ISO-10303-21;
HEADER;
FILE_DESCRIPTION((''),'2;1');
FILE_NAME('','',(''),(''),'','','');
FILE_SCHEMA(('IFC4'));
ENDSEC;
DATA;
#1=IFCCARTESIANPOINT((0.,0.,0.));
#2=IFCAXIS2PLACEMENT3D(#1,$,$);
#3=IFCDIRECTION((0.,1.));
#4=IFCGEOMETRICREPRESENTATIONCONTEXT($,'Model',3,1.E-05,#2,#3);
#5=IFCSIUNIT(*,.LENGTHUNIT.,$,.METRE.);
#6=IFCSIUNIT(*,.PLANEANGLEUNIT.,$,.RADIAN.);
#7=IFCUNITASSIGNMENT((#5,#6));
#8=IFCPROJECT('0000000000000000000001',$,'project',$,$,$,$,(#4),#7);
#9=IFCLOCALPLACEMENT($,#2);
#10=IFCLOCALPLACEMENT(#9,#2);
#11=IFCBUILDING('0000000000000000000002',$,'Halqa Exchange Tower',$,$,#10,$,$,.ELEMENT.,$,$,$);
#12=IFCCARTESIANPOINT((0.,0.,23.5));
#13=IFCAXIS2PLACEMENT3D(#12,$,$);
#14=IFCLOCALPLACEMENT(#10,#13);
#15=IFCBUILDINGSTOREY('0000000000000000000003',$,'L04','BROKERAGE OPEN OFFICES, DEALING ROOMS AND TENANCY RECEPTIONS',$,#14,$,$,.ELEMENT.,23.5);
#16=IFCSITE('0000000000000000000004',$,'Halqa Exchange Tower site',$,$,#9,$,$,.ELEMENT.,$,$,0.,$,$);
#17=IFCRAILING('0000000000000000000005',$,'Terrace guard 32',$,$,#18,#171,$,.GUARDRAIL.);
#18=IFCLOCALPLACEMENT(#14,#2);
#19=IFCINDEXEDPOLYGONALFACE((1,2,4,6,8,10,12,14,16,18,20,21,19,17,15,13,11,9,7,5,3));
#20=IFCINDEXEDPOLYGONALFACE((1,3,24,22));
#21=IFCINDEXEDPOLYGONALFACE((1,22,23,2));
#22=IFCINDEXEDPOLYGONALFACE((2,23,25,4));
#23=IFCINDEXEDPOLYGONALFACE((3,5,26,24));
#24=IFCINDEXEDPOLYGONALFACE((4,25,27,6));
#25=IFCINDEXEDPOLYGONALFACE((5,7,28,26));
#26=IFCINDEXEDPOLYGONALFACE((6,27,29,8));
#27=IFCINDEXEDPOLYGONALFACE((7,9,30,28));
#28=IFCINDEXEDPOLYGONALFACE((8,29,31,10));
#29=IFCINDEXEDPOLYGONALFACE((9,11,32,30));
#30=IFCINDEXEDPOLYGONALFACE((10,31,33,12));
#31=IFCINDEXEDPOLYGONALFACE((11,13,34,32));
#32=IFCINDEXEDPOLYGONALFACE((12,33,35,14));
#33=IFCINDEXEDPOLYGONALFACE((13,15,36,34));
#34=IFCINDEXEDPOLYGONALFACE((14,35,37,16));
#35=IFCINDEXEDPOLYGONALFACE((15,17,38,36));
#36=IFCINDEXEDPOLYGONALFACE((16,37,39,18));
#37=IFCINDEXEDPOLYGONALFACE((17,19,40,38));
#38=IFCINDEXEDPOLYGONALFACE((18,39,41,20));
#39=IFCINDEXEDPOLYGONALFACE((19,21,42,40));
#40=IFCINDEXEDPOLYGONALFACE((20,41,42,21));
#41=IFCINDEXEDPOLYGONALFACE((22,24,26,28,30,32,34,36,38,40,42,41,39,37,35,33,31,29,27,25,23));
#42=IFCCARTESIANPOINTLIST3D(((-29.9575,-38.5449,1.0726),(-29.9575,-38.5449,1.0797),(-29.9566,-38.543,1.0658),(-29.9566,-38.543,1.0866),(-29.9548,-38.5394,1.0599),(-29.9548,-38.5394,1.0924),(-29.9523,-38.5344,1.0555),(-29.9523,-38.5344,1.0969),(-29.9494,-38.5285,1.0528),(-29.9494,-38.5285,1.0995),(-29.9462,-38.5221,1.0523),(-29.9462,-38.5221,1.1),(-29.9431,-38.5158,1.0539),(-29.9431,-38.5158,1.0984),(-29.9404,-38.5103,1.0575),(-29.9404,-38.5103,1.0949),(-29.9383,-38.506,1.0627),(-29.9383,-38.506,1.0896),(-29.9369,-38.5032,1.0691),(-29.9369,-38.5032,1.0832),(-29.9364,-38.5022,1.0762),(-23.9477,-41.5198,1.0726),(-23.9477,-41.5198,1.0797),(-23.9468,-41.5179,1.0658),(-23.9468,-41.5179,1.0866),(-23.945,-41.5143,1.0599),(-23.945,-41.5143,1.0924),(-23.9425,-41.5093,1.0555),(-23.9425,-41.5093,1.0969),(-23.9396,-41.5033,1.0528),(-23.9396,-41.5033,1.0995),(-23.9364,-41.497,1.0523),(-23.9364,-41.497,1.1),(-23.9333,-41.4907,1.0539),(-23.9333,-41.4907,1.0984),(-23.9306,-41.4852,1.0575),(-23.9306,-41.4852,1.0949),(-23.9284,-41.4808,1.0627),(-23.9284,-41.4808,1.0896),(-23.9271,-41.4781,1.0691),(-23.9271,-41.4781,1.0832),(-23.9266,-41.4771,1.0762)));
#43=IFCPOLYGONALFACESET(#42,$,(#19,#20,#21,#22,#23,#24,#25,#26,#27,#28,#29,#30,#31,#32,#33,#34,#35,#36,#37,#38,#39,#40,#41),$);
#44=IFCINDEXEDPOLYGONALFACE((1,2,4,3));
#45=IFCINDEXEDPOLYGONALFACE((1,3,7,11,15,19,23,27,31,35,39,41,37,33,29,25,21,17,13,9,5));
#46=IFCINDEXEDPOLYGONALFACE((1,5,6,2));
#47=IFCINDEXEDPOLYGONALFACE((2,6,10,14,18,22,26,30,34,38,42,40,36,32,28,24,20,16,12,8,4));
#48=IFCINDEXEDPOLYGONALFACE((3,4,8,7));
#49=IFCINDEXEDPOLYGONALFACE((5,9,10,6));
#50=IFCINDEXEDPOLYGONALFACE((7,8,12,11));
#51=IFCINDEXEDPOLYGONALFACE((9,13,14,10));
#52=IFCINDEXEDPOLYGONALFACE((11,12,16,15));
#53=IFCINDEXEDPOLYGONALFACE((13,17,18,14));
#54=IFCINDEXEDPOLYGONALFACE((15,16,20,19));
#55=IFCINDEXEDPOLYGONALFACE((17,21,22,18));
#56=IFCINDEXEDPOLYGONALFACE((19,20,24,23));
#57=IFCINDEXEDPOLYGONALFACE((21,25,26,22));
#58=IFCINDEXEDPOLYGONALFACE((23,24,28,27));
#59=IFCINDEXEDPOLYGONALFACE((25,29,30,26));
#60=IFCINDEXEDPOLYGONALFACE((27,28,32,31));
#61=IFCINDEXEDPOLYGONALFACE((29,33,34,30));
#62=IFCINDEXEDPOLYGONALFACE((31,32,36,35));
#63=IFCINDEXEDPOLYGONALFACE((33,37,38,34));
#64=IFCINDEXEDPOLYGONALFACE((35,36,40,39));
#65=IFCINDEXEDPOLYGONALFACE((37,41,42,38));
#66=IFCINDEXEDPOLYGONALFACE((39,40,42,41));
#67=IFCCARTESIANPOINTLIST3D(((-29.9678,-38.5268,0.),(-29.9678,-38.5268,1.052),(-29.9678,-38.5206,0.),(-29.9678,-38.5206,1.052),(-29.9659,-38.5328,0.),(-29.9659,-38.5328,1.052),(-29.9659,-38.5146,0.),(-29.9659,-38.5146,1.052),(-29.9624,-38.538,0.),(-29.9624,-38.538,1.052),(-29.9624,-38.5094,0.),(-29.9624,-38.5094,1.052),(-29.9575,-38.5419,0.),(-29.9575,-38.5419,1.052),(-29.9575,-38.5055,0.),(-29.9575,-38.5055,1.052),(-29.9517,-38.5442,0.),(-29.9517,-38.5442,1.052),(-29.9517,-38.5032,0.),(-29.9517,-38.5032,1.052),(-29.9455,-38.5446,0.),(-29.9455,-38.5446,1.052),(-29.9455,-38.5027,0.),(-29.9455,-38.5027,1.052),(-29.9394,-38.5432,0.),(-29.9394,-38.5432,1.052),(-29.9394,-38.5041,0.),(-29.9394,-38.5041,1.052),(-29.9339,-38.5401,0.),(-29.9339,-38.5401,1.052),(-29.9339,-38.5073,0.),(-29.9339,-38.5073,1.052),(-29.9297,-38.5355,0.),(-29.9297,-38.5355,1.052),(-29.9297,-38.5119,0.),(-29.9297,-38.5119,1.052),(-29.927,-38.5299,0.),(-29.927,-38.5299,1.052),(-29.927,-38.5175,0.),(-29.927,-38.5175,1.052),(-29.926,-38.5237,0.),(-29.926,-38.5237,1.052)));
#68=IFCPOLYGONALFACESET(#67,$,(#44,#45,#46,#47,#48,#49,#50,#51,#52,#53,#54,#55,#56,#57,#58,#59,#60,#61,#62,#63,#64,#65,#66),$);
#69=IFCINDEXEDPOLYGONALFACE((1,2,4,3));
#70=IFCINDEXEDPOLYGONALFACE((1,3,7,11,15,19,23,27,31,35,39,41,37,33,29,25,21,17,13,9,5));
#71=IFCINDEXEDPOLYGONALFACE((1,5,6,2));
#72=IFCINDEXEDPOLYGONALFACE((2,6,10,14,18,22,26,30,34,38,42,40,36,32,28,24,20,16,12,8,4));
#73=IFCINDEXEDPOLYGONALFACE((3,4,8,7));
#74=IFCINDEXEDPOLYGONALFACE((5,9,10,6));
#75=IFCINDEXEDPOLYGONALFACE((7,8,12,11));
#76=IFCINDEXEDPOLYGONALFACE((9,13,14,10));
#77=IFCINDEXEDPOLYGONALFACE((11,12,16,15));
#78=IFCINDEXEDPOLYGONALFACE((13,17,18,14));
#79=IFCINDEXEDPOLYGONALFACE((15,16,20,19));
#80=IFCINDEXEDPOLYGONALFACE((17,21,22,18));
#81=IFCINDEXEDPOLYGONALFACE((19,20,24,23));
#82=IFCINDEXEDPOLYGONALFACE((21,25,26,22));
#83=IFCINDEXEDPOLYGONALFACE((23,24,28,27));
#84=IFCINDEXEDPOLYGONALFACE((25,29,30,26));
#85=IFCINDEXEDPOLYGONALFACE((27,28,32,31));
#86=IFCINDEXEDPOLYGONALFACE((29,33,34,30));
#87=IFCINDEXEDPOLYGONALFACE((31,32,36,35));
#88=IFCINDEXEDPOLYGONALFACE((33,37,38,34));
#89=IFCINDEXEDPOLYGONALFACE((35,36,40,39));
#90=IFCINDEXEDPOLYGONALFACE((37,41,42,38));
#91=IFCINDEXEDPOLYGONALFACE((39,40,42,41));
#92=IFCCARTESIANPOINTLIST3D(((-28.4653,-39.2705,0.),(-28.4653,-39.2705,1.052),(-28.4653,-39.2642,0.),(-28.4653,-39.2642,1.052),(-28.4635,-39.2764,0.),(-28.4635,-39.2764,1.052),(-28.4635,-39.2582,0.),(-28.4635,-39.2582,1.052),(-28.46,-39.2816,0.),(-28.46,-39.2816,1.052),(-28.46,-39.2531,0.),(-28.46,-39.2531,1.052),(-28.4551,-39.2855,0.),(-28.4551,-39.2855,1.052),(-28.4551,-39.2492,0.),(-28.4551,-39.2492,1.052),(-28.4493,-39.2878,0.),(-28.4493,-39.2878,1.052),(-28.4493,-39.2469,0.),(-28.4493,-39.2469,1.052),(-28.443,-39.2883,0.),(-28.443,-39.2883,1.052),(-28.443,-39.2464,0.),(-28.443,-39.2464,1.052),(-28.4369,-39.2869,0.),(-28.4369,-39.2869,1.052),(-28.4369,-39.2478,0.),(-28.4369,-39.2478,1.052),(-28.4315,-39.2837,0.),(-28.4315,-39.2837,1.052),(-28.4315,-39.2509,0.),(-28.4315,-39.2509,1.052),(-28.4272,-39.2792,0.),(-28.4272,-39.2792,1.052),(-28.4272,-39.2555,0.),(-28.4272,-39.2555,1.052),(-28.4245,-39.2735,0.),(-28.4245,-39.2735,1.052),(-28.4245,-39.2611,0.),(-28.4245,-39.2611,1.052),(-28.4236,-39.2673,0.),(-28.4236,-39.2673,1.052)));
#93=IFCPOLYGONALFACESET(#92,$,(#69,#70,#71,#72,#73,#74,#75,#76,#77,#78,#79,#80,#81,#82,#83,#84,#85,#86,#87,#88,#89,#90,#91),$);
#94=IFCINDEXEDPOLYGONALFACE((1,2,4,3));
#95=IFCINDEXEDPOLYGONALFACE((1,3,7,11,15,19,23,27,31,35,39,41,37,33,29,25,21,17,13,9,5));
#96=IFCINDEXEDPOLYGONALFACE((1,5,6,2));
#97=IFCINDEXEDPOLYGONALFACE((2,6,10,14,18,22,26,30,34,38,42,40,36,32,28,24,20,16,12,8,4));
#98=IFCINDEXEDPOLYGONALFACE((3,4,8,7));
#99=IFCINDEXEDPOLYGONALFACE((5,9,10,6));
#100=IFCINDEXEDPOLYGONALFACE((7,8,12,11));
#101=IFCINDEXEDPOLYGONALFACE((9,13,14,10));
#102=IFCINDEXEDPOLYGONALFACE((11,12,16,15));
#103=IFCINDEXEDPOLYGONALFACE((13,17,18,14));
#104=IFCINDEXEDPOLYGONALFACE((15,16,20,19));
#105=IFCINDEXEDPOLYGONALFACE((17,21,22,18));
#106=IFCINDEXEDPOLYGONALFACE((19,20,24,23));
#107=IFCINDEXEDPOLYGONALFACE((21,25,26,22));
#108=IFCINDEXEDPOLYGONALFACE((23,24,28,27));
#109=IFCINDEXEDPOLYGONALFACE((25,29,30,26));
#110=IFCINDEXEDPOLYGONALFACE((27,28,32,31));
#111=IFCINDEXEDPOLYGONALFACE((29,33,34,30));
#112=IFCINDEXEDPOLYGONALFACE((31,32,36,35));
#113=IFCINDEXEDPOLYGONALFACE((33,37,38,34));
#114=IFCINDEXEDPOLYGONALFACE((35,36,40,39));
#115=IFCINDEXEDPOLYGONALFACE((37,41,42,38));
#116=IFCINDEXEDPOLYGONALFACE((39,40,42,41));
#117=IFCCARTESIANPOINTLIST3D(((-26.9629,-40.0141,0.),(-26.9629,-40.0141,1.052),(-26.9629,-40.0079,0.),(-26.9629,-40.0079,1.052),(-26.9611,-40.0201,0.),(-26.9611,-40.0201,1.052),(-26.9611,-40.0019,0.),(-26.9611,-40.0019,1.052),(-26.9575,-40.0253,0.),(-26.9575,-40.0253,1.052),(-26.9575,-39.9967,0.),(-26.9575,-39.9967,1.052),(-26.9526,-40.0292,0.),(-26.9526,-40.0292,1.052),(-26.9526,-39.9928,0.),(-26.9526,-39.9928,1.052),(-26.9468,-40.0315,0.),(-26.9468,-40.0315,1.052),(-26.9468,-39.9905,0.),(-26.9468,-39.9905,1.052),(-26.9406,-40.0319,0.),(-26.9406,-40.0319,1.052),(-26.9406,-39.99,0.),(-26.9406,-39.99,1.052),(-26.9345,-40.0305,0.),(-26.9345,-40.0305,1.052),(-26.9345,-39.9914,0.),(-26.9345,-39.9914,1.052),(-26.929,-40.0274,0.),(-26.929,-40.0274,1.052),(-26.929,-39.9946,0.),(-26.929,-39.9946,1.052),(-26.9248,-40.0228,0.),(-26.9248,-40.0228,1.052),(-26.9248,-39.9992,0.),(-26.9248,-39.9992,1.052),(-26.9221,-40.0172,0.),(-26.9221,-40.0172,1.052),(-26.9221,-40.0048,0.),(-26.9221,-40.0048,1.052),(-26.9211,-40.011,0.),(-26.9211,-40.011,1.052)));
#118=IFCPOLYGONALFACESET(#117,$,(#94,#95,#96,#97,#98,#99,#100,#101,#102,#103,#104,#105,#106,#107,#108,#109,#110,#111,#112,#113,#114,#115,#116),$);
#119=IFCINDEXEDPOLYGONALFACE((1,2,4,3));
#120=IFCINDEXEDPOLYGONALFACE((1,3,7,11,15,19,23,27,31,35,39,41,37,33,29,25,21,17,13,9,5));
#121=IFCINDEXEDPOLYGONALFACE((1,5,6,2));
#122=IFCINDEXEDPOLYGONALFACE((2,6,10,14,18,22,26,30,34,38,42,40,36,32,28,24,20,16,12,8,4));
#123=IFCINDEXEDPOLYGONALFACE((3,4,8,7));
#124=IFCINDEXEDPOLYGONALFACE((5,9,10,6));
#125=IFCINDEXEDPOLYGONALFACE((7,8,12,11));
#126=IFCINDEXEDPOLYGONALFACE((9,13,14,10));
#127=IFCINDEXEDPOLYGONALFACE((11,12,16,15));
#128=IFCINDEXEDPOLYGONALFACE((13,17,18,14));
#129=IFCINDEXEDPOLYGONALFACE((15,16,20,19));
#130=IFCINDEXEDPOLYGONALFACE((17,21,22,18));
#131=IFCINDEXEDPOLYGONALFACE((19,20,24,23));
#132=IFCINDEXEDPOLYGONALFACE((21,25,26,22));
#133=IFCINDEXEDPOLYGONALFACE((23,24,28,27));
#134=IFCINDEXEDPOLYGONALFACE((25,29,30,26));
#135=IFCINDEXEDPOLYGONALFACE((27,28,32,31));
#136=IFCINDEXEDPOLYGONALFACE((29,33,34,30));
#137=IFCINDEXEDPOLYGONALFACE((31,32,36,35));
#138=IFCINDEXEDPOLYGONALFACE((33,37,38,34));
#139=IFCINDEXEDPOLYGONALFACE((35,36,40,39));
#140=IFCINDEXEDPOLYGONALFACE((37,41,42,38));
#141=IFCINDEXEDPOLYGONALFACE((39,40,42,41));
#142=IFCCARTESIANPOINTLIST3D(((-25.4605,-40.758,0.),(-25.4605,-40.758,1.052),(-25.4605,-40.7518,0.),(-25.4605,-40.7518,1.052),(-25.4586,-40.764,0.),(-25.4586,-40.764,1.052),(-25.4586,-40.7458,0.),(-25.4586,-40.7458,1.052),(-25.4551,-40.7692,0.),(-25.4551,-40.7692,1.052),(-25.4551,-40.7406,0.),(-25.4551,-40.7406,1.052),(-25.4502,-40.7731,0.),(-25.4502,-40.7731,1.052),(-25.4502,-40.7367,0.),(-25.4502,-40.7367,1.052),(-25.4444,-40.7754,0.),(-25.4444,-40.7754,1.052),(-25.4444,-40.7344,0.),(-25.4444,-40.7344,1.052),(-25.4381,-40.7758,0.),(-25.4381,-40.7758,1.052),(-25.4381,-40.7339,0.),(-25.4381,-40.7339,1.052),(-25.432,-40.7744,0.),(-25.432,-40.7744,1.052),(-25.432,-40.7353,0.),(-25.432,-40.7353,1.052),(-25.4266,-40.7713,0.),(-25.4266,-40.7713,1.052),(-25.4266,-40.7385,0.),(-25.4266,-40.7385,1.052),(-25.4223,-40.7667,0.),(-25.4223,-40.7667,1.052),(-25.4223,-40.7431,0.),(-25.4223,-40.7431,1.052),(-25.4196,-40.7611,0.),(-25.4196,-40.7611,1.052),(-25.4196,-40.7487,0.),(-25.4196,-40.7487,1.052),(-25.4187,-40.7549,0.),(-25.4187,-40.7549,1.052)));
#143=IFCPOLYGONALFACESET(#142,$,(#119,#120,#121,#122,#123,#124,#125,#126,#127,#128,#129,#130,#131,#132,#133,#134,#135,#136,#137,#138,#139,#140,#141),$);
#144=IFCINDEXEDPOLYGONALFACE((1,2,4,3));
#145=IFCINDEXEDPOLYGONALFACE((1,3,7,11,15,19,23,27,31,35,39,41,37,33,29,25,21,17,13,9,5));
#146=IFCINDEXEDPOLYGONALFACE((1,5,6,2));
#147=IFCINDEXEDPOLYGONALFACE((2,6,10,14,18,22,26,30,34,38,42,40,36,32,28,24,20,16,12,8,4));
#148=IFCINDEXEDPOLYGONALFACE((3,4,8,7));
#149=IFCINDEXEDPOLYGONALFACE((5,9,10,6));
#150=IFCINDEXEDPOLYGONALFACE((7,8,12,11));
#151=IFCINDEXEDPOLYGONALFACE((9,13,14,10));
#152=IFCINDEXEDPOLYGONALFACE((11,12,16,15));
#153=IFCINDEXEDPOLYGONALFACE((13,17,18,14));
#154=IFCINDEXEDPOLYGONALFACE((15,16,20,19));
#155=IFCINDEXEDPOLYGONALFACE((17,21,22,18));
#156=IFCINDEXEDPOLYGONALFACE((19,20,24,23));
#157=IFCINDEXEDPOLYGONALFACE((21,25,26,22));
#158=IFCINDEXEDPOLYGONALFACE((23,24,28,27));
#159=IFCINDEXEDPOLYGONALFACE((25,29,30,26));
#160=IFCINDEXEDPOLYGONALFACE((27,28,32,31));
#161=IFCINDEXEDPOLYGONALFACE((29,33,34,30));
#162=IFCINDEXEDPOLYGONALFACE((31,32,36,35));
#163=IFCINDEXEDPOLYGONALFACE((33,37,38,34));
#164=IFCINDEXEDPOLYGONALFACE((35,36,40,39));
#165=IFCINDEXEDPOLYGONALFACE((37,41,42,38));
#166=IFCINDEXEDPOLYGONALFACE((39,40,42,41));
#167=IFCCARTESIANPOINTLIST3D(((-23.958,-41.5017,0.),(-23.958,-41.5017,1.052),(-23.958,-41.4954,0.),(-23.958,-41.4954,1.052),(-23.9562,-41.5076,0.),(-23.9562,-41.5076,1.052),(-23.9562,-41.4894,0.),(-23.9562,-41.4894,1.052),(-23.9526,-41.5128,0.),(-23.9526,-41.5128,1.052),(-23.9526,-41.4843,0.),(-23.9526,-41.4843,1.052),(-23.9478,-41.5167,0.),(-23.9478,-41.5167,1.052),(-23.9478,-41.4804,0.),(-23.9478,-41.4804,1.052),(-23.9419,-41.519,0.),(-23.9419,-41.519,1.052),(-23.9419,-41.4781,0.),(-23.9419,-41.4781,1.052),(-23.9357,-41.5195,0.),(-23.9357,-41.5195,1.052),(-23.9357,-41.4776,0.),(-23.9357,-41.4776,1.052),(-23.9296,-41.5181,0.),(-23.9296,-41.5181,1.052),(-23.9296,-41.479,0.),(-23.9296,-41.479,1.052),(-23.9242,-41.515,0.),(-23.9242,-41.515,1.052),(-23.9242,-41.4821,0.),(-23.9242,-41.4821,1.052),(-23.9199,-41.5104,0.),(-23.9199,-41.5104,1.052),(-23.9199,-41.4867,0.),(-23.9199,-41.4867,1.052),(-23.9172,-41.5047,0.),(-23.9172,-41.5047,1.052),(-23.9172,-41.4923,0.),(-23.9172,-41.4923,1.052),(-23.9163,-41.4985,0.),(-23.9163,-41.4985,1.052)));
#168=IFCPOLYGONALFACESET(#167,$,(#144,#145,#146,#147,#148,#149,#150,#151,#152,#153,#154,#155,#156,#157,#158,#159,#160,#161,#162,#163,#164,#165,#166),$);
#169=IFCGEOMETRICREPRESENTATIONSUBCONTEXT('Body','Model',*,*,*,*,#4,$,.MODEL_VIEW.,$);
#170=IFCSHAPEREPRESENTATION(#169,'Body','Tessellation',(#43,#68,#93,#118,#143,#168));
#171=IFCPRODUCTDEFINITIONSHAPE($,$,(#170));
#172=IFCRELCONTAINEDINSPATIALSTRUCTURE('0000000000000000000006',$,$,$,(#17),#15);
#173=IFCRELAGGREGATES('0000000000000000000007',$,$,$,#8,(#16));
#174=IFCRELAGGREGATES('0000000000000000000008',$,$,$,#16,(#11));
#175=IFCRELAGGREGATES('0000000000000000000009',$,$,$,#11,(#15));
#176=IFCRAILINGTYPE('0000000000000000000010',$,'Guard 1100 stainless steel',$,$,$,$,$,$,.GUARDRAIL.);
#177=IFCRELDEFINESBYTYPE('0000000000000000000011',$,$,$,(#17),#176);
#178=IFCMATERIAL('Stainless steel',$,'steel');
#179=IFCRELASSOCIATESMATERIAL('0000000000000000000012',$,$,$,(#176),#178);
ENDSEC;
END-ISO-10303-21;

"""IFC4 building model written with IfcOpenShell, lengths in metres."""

from ifc_helpers import new_model, si_unit, direction, frame, origin, origin_2d, place, context, subcontext, project, spatial, circle, extrude, material, type_object, element, save


model = new_model("IFC4")

# Units and contexts
model_context = context("Model", 3, precision=1e-05, world=origin(), true_north=direction((0.0, 1.0)))
body_context = subcontext(model_context, "Body", "Model", "MODEL_VIEW")
ifc_project = project(units=[si_unit("LENGTHUNIT", "METRE"), si_unit("PLANEANGLEUNIT", "RADIAN")], contexts=[model_context])

# Site, building, storey
site_placement = place(None, origin())
site = spatial("IfcSite", under=ifc_project, at=site_placement, Name="Halqa Exchange Tower site", CompositionType="ELEMENT", RefElevation=0.0)
building_placement = place(site_placement, origin())
building = spatial("IfcBuilding", under=site, at=building_placement, Name="Halqa Exchange Tower", CompositionType="ELEMENT")
storey_placement = place(building_placement, frame((0.0, 0.0, 23.5)))
storey = spatial("IfcBuildingStorey", under=building, at=storey_placement, Name="L04", Description="BROKERAGE OPEN OFFICES, DEALING ROOMS AND TENANCY RECEPTIONS", CompositionType="ELEMENT", Elevation=23.5)

# Railing
ifc_material_1 = material(Name="Stainless steel", Category="steel")
railing_type = type_object("IfcRailingType", Name="Guard 1100 stainless steel", PredefinedType="GUARDRAIL", material=ifc_material_1)
railing_1_placement = place(storey_placement, frame((-29.947, -38.5237, 0.0)))
element("IfcRailing", 1, at=railing_1_placement, inside=storey, type_object=railing_type, Name="Terrace guard 32", PredefinedType="GUARDRAIL", context=body_context, shape_type="SweptSolid", body=[
    extrude(circle(Radius=0.0239, at=origin_2d()), frame((0.0, 0.0, 1.0762), z_axis=(0.896211, -0.443627, 0.0), x_axis=(0.443627, 0.896211, 0.0)), (0.0, 0.0, 1.0), 6.7058),
    extrude(circle(Radius=0.021, at=origin_2d()), origin(), (0.0, 0.0, 1.0), 1.052),
    extrude(circle(Radius=0.021, at=origin_2d()), frame((1.5024, -0.7437, 0.0)), (0.0, 0.0, 1.0), 1.052),
    extrude(circle(Radius=0.021, at=origin_2d()), frame((3.0049, -1.4873, 0.0)), (0.0, 0.0, 1.0), 1.052),
    extrude(circle(Radius=0.021, at=origin_2d()), frame((4.5073, -2.2312, 0.0)), (0.0, 0.0, 1.0), 1.052),
    extrude(circle(Radius=0.021, at=origin_2d()), frame((6.0098, -2.9749, 0.0)), (0.0, 0.0, 1.0), 1.052),
])

save(model, "model.ifc")
